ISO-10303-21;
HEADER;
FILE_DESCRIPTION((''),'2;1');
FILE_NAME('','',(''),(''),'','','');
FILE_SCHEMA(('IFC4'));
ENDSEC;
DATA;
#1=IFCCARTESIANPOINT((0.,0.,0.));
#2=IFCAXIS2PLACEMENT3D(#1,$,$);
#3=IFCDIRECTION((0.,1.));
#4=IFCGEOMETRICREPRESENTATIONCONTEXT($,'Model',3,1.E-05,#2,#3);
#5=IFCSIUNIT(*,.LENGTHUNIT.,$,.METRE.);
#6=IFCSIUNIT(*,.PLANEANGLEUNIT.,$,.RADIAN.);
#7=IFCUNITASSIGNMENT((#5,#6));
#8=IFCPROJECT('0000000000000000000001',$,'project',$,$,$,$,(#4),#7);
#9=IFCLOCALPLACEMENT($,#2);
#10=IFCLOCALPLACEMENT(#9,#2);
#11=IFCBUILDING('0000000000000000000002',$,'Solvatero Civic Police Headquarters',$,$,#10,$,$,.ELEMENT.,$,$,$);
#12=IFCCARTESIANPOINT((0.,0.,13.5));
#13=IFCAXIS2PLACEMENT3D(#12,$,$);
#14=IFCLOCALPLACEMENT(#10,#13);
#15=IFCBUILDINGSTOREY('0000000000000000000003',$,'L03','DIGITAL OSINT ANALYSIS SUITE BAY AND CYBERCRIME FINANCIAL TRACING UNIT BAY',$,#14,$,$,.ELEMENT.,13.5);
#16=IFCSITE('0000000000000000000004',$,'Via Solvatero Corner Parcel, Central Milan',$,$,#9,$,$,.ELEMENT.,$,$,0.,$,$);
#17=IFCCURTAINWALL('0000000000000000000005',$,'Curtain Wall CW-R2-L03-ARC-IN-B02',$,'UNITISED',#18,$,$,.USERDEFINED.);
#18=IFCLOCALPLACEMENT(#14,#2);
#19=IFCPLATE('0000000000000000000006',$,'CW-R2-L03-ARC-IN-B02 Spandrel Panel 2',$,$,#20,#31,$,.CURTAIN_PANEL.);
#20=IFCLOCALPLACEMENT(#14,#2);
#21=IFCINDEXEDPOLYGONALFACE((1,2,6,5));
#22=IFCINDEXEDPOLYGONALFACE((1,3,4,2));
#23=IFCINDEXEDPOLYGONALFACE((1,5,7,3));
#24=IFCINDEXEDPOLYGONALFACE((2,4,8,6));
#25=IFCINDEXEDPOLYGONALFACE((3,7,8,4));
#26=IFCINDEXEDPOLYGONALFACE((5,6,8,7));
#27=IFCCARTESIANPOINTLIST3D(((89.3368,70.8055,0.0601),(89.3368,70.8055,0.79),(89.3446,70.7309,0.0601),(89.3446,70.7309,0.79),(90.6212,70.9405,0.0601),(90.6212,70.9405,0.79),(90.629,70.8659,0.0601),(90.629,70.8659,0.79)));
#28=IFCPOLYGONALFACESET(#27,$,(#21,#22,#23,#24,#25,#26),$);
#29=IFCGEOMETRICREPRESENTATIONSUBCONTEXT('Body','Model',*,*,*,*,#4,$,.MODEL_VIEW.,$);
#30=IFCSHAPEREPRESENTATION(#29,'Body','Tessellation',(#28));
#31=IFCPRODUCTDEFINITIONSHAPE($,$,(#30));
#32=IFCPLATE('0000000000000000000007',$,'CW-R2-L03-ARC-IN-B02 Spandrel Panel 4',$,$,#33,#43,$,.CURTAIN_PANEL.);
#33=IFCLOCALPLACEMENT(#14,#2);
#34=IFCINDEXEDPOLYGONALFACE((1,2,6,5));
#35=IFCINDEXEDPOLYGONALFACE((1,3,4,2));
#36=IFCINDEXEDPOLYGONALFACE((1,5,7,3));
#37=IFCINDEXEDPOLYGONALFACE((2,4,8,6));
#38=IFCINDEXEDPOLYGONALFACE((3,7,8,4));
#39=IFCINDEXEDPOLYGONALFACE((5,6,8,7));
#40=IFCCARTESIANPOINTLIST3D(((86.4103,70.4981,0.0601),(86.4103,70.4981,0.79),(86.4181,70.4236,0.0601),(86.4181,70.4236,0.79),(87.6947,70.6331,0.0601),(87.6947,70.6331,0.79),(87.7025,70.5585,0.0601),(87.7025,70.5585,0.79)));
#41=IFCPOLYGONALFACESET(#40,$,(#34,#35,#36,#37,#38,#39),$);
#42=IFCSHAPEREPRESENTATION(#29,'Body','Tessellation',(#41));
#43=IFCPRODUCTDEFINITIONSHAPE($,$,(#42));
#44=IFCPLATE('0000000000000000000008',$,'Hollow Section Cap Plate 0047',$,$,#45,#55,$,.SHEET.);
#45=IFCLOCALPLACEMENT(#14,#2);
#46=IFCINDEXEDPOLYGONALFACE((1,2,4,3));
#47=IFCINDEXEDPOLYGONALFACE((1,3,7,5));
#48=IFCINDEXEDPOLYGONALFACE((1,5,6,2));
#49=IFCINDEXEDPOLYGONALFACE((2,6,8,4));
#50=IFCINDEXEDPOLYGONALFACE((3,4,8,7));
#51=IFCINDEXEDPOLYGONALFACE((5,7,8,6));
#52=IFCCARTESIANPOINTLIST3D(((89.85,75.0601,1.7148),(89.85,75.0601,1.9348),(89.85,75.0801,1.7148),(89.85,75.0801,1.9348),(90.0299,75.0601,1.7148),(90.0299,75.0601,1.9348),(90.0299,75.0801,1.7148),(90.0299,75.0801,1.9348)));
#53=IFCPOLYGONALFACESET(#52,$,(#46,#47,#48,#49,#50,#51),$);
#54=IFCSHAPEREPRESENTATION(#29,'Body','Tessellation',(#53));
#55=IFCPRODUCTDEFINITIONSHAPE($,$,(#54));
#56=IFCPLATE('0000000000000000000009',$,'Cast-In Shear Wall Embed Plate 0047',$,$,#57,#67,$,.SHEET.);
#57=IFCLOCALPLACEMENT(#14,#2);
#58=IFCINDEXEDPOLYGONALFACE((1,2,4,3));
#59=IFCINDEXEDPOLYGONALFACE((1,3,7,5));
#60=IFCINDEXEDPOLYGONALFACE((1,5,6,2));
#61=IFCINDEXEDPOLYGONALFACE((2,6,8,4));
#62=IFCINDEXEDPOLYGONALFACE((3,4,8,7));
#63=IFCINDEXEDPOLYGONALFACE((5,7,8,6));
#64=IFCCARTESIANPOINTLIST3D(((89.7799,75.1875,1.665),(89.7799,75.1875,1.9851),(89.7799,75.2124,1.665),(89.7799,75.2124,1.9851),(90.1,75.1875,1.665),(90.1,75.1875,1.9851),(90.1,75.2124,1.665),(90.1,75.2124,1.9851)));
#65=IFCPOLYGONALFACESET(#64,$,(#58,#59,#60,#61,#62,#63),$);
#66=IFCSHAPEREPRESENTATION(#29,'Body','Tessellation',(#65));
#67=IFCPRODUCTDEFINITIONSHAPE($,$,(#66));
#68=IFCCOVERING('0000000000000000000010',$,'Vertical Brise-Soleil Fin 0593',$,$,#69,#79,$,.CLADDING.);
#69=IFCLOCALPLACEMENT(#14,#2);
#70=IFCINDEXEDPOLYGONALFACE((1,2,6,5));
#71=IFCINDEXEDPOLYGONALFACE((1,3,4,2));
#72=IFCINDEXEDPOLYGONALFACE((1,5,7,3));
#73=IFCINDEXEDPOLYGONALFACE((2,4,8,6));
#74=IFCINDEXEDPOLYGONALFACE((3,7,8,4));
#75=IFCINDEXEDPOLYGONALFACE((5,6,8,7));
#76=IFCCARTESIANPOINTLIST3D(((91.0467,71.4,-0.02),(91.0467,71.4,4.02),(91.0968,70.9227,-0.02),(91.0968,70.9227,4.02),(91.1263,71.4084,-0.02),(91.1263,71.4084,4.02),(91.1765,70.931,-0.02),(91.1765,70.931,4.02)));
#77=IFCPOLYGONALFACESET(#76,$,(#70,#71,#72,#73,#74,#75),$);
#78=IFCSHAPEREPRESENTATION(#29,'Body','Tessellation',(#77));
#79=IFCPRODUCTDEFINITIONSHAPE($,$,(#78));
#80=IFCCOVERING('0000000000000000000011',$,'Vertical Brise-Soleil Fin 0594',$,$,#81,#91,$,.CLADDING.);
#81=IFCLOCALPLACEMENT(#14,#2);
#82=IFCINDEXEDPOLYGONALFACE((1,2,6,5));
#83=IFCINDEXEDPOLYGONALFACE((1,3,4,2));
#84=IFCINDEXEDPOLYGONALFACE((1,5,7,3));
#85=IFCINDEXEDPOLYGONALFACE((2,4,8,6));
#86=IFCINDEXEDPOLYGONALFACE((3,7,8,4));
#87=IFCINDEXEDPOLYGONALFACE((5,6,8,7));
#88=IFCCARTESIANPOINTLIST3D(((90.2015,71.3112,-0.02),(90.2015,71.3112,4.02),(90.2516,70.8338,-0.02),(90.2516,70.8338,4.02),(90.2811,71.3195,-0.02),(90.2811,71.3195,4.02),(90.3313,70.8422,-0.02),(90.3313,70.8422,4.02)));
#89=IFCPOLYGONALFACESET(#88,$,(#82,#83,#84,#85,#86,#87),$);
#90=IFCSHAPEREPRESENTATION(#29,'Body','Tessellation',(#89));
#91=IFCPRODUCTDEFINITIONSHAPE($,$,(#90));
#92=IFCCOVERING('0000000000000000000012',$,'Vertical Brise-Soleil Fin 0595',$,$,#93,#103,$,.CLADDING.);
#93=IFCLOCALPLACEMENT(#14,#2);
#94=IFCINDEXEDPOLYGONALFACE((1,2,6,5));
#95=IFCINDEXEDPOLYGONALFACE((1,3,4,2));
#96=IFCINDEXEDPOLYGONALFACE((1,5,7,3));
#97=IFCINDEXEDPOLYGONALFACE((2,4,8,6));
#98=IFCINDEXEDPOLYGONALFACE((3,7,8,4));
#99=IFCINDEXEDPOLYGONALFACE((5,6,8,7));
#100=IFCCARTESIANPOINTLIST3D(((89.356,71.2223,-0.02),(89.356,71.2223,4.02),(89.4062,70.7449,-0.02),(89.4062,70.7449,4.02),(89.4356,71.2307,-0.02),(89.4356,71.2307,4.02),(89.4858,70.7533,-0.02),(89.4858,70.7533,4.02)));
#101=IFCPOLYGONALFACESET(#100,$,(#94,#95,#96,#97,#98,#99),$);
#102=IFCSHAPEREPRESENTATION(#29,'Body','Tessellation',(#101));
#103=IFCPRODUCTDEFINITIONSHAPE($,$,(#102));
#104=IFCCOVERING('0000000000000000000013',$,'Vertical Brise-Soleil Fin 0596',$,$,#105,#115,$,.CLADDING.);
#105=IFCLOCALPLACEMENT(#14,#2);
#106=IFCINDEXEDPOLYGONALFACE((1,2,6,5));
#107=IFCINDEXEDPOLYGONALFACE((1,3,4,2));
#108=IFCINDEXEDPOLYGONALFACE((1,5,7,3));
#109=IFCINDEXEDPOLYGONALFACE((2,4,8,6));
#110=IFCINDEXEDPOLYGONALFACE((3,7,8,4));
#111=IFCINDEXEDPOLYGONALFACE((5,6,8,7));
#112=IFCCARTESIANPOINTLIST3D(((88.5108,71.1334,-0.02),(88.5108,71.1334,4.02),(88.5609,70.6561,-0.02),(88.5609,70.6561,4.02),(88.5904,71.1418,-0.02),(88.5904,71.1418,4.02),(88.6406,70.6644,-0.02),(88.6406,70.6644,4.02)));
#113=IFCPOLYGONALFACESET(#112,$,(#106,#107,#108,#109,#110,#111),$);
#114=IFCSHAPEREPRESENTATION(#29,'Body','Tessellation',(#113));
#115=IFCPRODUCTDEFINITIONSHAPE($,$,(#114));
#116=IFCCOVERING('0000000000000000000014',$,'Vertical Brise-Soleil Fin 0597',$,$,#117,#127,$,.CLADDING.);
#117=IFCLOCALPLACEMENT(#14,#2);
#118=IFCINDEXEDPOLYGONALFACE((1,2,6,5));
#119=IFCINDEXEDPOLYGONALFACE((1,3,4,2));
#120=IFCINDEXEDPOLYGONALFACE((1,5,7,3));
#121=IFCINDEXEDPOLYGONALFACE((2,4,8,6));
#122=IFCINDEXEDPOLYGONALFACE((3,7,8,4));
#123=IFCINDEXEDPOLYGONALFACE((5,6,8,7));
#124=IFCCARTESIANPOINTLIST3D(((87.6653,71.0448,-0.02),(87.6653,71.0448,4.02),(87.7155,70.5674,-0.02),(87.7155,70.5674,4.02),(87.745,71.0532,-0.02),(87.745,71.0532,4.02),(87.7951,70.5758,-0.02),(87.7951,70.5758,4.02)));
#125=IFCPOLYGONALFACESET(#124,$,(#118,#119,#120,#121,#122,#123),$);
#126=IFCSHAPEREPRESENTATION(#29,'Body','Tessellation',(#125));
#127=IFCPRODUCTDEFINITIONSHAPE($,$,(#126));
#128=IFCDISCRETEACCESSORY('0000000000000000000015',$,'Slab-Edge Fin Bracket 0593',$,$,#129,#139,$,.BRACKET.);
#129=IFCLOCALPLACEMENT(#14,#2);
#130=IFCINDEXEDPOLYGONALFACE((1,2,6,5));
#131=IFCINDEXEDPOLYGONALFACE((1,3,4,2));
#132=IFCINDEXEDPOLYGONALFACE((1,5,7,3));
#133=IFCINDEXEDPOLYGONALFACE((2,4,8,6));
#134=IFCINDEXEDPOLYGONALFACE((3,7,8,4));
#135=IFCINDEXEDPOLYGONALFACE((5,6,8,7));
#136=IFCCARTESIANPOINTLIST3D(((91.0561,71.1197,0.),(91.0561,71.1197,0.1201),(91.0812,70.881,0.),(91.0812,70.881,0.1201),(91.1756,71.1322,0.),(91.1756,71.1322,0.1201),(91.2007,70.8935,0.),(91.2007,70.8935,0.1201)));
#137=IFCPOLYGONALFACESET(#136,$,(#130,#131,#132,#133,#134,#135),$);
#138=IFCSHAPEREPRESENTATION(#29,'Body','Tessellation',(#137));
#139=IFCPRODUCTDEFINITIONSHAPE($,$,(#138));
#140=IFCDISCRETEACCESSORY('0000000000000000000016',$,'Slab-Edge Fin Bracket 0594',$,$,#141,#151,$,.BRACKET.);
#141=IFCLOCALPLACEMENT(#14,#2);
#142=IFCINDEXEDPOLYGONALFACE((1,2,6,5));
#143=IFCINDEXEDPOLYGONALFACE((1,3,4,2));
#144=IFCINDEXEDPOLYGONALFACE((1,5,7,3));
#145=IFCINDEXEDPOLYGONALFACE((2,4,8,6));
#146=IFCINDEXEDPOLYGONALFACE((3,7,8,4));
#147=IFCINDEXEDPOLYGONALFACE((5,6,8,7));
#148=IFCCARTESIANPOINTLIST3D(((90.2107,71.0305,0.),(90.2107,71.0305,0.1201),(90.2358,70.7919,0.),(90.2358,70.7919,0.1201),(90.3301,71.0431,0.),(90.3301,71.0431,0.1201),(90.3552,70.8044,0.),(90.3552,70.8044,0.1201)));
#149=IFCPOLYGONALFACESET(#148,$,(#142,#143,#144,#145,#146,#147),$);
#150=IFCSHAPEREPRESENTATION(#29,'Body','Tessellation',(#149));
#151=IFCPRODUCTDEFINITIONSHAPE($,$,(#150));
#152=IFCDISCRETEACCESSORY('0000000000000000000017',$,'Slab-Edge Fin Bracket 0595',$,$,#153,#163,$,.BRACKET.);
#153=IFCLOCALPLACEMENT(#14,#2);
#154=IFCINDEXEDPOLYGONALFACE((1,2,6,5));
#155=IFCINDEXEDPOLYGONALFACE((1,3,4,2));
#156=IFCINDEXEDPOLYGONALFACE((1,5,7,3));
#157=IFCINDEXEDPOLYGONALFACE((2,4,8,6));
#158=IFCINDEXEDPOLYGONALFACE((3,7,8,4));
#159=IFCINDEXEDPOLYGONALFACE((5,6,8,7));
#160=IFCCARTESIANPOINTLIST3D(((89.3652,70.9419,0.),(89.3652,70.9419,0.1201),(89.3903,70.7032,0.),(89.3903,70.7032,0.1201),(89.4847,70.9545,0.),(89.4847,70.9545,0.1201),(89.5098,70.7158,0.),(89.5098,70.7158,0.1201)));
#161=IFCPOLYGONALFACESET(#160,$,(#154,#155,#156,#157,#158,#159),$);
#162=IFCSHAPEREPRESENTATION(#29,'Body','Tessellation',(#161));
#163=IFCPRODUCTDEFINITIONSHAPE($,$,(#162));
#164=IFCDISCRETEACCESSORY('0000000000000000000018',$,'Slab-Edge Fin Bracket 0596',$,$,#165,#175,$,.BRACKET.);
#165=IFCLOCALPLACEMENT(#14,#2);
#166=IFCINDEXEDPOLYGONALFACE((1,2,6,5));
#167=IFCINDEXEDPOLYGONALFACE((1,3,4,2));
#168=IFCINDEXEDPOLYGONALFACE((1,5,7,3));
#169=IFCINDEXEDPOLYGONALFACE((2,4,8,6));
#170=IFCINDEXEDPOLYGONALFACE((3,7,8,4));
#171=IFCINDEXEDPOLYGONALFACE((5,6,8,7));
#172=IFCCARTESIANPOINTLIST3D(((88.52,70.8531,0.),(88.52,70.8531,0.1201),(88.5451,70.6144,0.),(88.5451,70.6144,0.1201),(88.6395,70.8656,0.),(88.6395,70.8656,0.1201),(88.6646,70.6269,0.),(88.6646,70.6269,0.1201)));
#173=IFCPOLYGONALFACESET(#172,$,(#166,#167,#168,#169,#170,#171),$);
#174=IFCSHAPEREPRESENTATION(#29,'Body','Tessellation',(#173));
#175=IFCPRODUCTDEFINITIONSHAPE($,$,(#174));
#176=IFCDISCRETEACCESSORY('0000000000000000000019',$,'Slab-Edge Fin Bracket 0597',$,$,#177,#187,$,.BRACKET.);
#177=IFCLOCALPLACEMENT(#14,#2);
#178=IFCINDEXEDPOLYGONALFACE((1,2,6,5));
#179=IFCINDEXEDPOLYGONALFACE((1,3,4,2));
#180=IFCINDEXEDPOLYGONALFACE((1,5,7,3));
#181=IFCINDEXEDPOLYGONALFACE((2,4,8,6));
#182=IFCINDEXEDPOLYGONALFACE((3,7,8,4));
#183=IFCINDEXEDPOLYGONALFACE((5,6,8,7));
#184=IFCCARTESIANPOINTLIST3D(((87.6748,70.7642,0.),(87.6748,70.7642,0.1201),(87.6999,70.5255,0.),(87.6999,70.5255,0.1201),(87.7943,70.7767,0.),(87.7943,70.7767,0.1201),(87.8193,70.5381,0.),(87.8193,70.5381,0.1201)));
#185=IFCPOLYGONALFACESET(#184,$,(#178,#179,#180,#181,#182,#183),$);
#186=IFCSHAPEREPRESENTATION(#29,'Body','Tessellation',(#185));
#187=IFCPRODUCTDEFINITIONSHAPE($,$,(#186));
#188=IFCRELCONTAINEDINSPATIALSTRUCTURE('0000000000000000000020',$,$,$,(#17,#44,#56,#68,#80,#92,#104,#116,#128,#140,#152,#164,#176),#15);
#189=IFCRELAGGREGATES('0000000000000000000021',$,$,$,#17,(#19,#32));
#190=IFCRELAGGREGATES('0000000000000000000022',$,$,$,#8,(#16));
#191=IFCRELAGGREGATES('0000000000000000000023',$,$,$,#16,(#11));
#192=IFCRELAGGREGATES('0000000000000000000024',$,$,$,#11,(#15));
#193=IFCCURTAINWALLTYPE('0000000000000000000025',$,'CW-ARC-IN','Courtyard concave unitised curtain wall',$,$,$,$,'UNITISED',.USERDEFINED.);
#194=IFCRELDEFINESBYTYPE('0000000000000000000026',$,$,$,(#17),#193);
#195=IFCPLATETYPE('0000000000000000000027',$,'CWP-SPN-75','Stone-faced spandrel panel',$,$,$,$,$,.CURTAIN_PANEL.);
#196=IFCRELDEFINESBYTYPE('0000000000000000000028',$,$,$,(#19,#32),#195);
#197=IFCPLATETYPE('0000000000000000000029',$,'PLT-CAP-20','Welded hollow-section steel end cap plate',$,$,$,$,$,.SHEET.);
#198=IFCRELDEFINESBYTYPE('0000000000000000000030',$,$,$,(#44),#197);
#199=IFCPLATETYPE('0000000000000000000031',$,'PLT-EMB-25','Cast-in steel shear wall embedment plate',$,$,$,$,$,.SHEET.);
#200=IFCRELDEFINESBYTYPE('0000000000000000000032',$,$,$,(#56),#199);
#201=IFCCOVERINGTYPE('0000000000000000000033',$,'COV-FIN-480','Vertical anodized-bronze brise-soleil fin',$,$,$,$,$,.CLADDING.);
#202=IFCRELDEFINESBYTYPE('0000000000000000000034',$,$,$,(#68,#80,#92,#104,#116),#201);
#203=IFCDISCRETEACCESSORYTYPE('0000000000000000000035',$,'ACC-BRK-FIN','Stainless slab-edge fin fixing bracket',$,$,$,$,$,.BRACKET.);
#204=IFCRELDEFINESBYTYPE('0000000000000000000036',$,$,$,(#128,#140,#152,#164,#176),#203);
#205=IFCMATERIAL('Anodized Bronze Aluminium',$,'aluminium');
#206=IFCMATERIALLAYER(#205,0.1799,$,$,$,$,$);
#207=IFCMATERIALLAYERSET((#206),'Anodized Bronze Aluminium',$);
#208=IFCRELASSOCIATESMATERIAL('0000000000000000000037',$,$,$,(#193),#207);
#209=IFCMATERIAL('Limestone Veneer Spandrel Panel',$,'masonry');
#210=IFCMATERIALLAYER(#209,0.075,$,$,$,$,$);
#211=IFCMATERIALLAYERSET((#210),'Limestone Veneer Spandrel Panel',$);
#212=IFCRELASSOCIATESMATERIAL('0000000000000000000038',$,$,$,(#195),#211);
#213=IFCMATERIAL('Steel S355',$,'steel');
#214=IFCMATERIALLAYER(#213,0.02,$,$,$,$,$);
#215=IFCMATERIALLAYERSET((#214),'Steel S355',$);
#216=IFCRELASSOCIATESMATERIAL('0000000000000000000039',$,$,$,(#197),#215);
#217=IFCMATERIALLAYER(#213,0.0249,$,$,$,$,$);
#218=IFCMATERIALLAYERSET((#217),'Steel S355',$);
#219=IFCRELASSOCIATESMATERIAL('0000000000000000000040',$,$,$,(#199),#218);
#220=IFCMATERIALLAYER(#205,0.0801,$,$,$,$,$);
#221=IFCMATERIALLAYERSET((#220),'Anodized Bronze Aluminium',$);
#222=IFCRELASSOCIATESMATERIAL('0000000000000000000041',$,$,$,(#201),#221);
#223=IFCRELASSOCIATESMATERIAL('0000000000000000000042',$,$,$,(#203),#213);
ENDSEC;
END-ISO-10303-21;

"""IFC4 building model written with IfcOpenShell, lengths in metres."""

from ifc_helpers import new_model, si_unit, direction, frame, origin, origin_2d, place, context, subcontext, project, spatial, rectangle, extrude, material, layer, layer_set, type_object, element, aggregate, save


model = new_model("IFC4")

# Units and contexts
model_context = context("Model", 3, precision=1e-05, world=origin(), true_north=direction((0.0, 1.0)))
body_context = subcontext(model_context, "Body", "Model", "MODEL_VIEW")
ifc_project = project(units=[si_unit("LENGTHUNIT", "METRE"), si_unit("PLANEANGLEUNIT", "RADIAN")], contexts=[model_context])

# Site, building, storey
site_placement = place(None, origin())
site = spatial("IfcSite", under=ifc_project, at=site_placement, Name="Via Solvatero Corner Parcel, Central Milan", CompositionType="ELEMENT", RefElevation=0.0)
building_placement = place(site_placement, origin())
building = spatial("IfcBuilding", under=site, at=building_placement, Name="Solvatero Civic Police Headquarters", CompositionType="ELEMENT")
storey_placement = place(building_placement, frame((0.0, 0.0, 13.5)))
storey = spatial("IfcBuildingStorey", under=building, at=storey_placement, Name="L03", Description="DIGITAL OSINT ANALYSIS SUITE BAY AND CYBERCRIME FINANCIAL TRACING UNIT BAY", CompositionType="ELEMENT", Elevation=13.5)

# Curtain wall
ifc_material_1 = material(Name="Anodized Bronze Aluminium", Category="aluminium")
ifc_layer_1 = layer(ifc_material_1, 0.1799)
ifc_layer_set_1 = layer_set([ifc_layer_1], Name="Anodized Bronze Aluminium")
curtain_wall_type = type_object("IfcCurtainWallType", Name="CW-ARC-IN", Description="Courtyard concave unitised curtain wall", ElementType="UNITISED", PredefinedType="USERDEFINED", material=ifc_layer_set_1)
curtain_wall_placement = place(storey_placement, origin())
curtain_wall = element("IfcCurtainWall", 1, at=curtain_wall_placement, inside=storey, type_object=curtain_wall_type, Name="Curtain Wall CW-R2-L03-ARC-IN-B02", ObjectType="UNITISED", PredefinedType="USERDEFINED")

# Shared definitions
ifc_material_2 = material(Name="Steel S355", Category="steel")

# Plates
ifc_material_3 = material(Name="Limestone Veneer Spandrel Panel", Category="masonry")
ifc_layer_2 = layer(ifc_material_3, 0.075)
ifc_layer_set_2 = layer_set([ifc_layer_2], Name="Limestone Veneer Spandrel Panel")
plate_type_1 = type_object("IfcPlateType", Name="CWP-SPN-75", Description="Stone-faced spandrel panel", PredefinedType="CURTAIN_PANEL", material=ifc_layer_set_2)
plate_1_placement = place(storey_placement, frame((89.9829, 70.8357, 0.0601), z_axis=(0.0, 0.0, 1.0), x_axis=(-0.994522, -0.104528, 0.0)))
plate_1 = element("IfcPlate", 2, at=plate_1_placement, type_object=plate_type_1, Name="CW-R2-L03-ARC-IN-B02 Spandrel Panel 2", PredefinedType="CURTAIN_PANEL", context=body_context, shape_type="SweptSolid", body=[
    extrude(rectangle(XDim=1.2915, YDim=0.075, at=origin_2d()), origin(), (0.0, 0.0, 1.0), 0.73),
])
plate_2_placement = place(storey_placement, frame((87.0564, 70.5283, 0.0601), z_axis=(0.0, 0.0, 1.0), x_axis=(-0.994522, -0.104528, 0.0)))
plate_2 = element("IfcPlate", 3, at=plate_2_placement, type_object=plate_type_1, Name="CW-R2-L03-ARC-IN-B02 Spandrel Panel 4", PredefinedType="CURTAIN_PANEL", context=body_context, shape_type="SweptSolid", body=[
    extrude(rectangle(XDim=1.2915, YDim=0.075, at=origin_2d()), origin(), (0.0, 0.0, 1.0), 0.73),
])
aggregate(curtain_wall, [plate_1, plate_2])

# Plates
ifc_layer_3 = layer(ifc_material_2, 0.02)
ifc_layer_set_3 = layer_set([ifc_layer_3], Name="Steel S355")
plate_type_2 = type_object("IfcPlateType", Name="PLT-CAP-20", Description="Welded hollow-section steel end cap plate", PredefinedType="SHEET", material=ifc_layer_set_3)
plate_3_placement = place(storey_placement, frame((89.9399, 75.0701, 1.7148), z_axis=(0.0, 0.0, 1.0), x_axis=(1.0, 0.0, 0.0)))
element("IfcPlate", 4, at=plate_3_placement, inside=storey, type_object=plate_type_2, Name="Hollow Section Cap Plate 0047", PredefinedType="SHEET", context=body_context, shape_type="SweptSolid", body=[
    extrude(rectangle(XDim=0.1799, YDim=0.02, at=origin_2d()), origin(), (0.0, 0.0, 1.0), 0.22),
])
ifc_layer_4 = layer(ifc_material_2, 0.0249)
ifc_layer_set_4 = layer_set([ifc_layer_4], Name="Steel S355")
plate_type_3 = type_object("IfcPlateType", Name="PLT-EMB-25", Description="Cast-in steel shear wall embedment plate", PredefinedType="SHEET", material=ifc_layer_set_4)
plate_4_placement = place(storey_placement, frame((89.9399, 75.2, 1.665), z_axis=(0.0, 0.0, 1.0), x_axis=(1.0, 0.0, 0.0)))
element("IfcPlate", 5, at=plate_4_placement, inside=storey, type_object=plate_type_3, Name="Cast-In Shear Wall Embed Plate 0047", PredefinedType="SHEET", context=body_context, shape_type="SweptSolid", body=[
    extrude(rectangle(XDim=0.3201, YDim=0.0249, at=origin_2d()), origin(), (0.0, 0.0, 1.0), 0.3201),
])

# Coverings
ifc_layer_5 = layer(ifc_material_1, 0.0801)
ifc_layer_set_5 = layer_set([ifc_layer_5], Name="Anodized Bronze Aluminium")
covering_type = type_object("IfcCoveringType", Name="COV-FIN-480", Description="Vertical anodized-bronze brise-soleil fin", PredefinedType="CLADDING", material=ifc_layer_set_5)
for number, where, z_axis, x_axis, name in (
    (6, (91.1116, 71.1655, -0.02), (0.0, 0.0, 1.0), (-0.994522, -0.104528, 0.0), "Vertical Brise-Soleil Fin 0593"),
    (7, (90.2664, 71.0767, -0.02), (0.0, 0.0, 1.0), (-0.994522, -0.104528, 0.0), "Vertical Brise-Soleil Fin 0594"),
    (8, (89.4209, 70.9878, -0.02), (0.0, 0.0, 1.0), (-0.994522, -0.104528, 0.0), "Vertical Brise-Soleil Fin 0595"),
    (9, (88.5757, 70.8989, -0.02), (0.0, 0.0, 1.0), (-0.994522, -0.104528, 0.0), "Vertical Brise-Soleil Fin 0596"),
    (10, (87.7302, 70.8103, -0.02), (0.0, 0.0, 1.0), (-0.994522, -0.104528, 0.0), "Vertical Brise-Soleil Fin 0597"),
):
    element("IfcCovering", number, at=place(storey_placement, frame(where, z_axis=z_axis, x_axis=x_axis)), inside=storey, type_object=covering_type, Name=name, PredefinedType="CLADDING", context=body_context, shape_type="SweptSolid", body=[
        extrude(rectangle(XDim=0.0801, YDim=0.48, at=origin_2d()), origin(), (0.0, 0.0, 1.0), 4.04),
    ])

# Discrete accessories
discrete_accessory_type = type_object("IfcDiscreteAccessoryType", Name="ACC-BRK-FIN", Description="Stainless slab-edge fin fixing bracket", PredefinedType="BRACKET", material=ifc_material_2)
for number, where, z_axis, x_axis, name in (
    (11, (91.1284, 71.0066, 0.0), (0.0, 0.0, 1.0), (-0.994522, -0.104528, 0.0), "Slab-Edge Fin Bracket 0593"),
    (12, (90.283, 70.9175, 0.0), (0.0, 0.0, 1.0), (-0.994522, -0.104528, 0.0), "Slab-Edge Fin Bracket 0594"),
    (13, (89.4375, 70.8289, 0.0), (0.0, 0.0, 1.0), (-0.994522, -0.104528, 0.0), "Slab-Edge Fin Bracket 0595"),
    (14, (88.5923, 70.74, 0.0), (0.0, 0.0, 1.0), (-0.994522, -0.104528, 0.0), "Slab-Edge Fin Bracket 0596"),
    (15, (87.7471, 70.6511, 0.0), (0.0, 0.0, 1.0), (-0.994522, -0.104528, 0.0), "Slab-Edge Fin Bracket 0597"),
):
    element("IfcDiscreteAccessory", number, at=place(storey_placement, frame(where, z_axis=z_axis, x_axis=x_axis)), inside=storey, type_object=discrete_accessory_type, Name=name, PredefinedType="BRACKET", context=body_context, shape_type="SweptSolid", body=[
        extrude(rectangle(XDim=0.1201, YDim=0.24, at=origin_2d()), origin(), (0.0, 0.0, 1.0), 0.1201),
    ])

save(model, "model.ifc")
